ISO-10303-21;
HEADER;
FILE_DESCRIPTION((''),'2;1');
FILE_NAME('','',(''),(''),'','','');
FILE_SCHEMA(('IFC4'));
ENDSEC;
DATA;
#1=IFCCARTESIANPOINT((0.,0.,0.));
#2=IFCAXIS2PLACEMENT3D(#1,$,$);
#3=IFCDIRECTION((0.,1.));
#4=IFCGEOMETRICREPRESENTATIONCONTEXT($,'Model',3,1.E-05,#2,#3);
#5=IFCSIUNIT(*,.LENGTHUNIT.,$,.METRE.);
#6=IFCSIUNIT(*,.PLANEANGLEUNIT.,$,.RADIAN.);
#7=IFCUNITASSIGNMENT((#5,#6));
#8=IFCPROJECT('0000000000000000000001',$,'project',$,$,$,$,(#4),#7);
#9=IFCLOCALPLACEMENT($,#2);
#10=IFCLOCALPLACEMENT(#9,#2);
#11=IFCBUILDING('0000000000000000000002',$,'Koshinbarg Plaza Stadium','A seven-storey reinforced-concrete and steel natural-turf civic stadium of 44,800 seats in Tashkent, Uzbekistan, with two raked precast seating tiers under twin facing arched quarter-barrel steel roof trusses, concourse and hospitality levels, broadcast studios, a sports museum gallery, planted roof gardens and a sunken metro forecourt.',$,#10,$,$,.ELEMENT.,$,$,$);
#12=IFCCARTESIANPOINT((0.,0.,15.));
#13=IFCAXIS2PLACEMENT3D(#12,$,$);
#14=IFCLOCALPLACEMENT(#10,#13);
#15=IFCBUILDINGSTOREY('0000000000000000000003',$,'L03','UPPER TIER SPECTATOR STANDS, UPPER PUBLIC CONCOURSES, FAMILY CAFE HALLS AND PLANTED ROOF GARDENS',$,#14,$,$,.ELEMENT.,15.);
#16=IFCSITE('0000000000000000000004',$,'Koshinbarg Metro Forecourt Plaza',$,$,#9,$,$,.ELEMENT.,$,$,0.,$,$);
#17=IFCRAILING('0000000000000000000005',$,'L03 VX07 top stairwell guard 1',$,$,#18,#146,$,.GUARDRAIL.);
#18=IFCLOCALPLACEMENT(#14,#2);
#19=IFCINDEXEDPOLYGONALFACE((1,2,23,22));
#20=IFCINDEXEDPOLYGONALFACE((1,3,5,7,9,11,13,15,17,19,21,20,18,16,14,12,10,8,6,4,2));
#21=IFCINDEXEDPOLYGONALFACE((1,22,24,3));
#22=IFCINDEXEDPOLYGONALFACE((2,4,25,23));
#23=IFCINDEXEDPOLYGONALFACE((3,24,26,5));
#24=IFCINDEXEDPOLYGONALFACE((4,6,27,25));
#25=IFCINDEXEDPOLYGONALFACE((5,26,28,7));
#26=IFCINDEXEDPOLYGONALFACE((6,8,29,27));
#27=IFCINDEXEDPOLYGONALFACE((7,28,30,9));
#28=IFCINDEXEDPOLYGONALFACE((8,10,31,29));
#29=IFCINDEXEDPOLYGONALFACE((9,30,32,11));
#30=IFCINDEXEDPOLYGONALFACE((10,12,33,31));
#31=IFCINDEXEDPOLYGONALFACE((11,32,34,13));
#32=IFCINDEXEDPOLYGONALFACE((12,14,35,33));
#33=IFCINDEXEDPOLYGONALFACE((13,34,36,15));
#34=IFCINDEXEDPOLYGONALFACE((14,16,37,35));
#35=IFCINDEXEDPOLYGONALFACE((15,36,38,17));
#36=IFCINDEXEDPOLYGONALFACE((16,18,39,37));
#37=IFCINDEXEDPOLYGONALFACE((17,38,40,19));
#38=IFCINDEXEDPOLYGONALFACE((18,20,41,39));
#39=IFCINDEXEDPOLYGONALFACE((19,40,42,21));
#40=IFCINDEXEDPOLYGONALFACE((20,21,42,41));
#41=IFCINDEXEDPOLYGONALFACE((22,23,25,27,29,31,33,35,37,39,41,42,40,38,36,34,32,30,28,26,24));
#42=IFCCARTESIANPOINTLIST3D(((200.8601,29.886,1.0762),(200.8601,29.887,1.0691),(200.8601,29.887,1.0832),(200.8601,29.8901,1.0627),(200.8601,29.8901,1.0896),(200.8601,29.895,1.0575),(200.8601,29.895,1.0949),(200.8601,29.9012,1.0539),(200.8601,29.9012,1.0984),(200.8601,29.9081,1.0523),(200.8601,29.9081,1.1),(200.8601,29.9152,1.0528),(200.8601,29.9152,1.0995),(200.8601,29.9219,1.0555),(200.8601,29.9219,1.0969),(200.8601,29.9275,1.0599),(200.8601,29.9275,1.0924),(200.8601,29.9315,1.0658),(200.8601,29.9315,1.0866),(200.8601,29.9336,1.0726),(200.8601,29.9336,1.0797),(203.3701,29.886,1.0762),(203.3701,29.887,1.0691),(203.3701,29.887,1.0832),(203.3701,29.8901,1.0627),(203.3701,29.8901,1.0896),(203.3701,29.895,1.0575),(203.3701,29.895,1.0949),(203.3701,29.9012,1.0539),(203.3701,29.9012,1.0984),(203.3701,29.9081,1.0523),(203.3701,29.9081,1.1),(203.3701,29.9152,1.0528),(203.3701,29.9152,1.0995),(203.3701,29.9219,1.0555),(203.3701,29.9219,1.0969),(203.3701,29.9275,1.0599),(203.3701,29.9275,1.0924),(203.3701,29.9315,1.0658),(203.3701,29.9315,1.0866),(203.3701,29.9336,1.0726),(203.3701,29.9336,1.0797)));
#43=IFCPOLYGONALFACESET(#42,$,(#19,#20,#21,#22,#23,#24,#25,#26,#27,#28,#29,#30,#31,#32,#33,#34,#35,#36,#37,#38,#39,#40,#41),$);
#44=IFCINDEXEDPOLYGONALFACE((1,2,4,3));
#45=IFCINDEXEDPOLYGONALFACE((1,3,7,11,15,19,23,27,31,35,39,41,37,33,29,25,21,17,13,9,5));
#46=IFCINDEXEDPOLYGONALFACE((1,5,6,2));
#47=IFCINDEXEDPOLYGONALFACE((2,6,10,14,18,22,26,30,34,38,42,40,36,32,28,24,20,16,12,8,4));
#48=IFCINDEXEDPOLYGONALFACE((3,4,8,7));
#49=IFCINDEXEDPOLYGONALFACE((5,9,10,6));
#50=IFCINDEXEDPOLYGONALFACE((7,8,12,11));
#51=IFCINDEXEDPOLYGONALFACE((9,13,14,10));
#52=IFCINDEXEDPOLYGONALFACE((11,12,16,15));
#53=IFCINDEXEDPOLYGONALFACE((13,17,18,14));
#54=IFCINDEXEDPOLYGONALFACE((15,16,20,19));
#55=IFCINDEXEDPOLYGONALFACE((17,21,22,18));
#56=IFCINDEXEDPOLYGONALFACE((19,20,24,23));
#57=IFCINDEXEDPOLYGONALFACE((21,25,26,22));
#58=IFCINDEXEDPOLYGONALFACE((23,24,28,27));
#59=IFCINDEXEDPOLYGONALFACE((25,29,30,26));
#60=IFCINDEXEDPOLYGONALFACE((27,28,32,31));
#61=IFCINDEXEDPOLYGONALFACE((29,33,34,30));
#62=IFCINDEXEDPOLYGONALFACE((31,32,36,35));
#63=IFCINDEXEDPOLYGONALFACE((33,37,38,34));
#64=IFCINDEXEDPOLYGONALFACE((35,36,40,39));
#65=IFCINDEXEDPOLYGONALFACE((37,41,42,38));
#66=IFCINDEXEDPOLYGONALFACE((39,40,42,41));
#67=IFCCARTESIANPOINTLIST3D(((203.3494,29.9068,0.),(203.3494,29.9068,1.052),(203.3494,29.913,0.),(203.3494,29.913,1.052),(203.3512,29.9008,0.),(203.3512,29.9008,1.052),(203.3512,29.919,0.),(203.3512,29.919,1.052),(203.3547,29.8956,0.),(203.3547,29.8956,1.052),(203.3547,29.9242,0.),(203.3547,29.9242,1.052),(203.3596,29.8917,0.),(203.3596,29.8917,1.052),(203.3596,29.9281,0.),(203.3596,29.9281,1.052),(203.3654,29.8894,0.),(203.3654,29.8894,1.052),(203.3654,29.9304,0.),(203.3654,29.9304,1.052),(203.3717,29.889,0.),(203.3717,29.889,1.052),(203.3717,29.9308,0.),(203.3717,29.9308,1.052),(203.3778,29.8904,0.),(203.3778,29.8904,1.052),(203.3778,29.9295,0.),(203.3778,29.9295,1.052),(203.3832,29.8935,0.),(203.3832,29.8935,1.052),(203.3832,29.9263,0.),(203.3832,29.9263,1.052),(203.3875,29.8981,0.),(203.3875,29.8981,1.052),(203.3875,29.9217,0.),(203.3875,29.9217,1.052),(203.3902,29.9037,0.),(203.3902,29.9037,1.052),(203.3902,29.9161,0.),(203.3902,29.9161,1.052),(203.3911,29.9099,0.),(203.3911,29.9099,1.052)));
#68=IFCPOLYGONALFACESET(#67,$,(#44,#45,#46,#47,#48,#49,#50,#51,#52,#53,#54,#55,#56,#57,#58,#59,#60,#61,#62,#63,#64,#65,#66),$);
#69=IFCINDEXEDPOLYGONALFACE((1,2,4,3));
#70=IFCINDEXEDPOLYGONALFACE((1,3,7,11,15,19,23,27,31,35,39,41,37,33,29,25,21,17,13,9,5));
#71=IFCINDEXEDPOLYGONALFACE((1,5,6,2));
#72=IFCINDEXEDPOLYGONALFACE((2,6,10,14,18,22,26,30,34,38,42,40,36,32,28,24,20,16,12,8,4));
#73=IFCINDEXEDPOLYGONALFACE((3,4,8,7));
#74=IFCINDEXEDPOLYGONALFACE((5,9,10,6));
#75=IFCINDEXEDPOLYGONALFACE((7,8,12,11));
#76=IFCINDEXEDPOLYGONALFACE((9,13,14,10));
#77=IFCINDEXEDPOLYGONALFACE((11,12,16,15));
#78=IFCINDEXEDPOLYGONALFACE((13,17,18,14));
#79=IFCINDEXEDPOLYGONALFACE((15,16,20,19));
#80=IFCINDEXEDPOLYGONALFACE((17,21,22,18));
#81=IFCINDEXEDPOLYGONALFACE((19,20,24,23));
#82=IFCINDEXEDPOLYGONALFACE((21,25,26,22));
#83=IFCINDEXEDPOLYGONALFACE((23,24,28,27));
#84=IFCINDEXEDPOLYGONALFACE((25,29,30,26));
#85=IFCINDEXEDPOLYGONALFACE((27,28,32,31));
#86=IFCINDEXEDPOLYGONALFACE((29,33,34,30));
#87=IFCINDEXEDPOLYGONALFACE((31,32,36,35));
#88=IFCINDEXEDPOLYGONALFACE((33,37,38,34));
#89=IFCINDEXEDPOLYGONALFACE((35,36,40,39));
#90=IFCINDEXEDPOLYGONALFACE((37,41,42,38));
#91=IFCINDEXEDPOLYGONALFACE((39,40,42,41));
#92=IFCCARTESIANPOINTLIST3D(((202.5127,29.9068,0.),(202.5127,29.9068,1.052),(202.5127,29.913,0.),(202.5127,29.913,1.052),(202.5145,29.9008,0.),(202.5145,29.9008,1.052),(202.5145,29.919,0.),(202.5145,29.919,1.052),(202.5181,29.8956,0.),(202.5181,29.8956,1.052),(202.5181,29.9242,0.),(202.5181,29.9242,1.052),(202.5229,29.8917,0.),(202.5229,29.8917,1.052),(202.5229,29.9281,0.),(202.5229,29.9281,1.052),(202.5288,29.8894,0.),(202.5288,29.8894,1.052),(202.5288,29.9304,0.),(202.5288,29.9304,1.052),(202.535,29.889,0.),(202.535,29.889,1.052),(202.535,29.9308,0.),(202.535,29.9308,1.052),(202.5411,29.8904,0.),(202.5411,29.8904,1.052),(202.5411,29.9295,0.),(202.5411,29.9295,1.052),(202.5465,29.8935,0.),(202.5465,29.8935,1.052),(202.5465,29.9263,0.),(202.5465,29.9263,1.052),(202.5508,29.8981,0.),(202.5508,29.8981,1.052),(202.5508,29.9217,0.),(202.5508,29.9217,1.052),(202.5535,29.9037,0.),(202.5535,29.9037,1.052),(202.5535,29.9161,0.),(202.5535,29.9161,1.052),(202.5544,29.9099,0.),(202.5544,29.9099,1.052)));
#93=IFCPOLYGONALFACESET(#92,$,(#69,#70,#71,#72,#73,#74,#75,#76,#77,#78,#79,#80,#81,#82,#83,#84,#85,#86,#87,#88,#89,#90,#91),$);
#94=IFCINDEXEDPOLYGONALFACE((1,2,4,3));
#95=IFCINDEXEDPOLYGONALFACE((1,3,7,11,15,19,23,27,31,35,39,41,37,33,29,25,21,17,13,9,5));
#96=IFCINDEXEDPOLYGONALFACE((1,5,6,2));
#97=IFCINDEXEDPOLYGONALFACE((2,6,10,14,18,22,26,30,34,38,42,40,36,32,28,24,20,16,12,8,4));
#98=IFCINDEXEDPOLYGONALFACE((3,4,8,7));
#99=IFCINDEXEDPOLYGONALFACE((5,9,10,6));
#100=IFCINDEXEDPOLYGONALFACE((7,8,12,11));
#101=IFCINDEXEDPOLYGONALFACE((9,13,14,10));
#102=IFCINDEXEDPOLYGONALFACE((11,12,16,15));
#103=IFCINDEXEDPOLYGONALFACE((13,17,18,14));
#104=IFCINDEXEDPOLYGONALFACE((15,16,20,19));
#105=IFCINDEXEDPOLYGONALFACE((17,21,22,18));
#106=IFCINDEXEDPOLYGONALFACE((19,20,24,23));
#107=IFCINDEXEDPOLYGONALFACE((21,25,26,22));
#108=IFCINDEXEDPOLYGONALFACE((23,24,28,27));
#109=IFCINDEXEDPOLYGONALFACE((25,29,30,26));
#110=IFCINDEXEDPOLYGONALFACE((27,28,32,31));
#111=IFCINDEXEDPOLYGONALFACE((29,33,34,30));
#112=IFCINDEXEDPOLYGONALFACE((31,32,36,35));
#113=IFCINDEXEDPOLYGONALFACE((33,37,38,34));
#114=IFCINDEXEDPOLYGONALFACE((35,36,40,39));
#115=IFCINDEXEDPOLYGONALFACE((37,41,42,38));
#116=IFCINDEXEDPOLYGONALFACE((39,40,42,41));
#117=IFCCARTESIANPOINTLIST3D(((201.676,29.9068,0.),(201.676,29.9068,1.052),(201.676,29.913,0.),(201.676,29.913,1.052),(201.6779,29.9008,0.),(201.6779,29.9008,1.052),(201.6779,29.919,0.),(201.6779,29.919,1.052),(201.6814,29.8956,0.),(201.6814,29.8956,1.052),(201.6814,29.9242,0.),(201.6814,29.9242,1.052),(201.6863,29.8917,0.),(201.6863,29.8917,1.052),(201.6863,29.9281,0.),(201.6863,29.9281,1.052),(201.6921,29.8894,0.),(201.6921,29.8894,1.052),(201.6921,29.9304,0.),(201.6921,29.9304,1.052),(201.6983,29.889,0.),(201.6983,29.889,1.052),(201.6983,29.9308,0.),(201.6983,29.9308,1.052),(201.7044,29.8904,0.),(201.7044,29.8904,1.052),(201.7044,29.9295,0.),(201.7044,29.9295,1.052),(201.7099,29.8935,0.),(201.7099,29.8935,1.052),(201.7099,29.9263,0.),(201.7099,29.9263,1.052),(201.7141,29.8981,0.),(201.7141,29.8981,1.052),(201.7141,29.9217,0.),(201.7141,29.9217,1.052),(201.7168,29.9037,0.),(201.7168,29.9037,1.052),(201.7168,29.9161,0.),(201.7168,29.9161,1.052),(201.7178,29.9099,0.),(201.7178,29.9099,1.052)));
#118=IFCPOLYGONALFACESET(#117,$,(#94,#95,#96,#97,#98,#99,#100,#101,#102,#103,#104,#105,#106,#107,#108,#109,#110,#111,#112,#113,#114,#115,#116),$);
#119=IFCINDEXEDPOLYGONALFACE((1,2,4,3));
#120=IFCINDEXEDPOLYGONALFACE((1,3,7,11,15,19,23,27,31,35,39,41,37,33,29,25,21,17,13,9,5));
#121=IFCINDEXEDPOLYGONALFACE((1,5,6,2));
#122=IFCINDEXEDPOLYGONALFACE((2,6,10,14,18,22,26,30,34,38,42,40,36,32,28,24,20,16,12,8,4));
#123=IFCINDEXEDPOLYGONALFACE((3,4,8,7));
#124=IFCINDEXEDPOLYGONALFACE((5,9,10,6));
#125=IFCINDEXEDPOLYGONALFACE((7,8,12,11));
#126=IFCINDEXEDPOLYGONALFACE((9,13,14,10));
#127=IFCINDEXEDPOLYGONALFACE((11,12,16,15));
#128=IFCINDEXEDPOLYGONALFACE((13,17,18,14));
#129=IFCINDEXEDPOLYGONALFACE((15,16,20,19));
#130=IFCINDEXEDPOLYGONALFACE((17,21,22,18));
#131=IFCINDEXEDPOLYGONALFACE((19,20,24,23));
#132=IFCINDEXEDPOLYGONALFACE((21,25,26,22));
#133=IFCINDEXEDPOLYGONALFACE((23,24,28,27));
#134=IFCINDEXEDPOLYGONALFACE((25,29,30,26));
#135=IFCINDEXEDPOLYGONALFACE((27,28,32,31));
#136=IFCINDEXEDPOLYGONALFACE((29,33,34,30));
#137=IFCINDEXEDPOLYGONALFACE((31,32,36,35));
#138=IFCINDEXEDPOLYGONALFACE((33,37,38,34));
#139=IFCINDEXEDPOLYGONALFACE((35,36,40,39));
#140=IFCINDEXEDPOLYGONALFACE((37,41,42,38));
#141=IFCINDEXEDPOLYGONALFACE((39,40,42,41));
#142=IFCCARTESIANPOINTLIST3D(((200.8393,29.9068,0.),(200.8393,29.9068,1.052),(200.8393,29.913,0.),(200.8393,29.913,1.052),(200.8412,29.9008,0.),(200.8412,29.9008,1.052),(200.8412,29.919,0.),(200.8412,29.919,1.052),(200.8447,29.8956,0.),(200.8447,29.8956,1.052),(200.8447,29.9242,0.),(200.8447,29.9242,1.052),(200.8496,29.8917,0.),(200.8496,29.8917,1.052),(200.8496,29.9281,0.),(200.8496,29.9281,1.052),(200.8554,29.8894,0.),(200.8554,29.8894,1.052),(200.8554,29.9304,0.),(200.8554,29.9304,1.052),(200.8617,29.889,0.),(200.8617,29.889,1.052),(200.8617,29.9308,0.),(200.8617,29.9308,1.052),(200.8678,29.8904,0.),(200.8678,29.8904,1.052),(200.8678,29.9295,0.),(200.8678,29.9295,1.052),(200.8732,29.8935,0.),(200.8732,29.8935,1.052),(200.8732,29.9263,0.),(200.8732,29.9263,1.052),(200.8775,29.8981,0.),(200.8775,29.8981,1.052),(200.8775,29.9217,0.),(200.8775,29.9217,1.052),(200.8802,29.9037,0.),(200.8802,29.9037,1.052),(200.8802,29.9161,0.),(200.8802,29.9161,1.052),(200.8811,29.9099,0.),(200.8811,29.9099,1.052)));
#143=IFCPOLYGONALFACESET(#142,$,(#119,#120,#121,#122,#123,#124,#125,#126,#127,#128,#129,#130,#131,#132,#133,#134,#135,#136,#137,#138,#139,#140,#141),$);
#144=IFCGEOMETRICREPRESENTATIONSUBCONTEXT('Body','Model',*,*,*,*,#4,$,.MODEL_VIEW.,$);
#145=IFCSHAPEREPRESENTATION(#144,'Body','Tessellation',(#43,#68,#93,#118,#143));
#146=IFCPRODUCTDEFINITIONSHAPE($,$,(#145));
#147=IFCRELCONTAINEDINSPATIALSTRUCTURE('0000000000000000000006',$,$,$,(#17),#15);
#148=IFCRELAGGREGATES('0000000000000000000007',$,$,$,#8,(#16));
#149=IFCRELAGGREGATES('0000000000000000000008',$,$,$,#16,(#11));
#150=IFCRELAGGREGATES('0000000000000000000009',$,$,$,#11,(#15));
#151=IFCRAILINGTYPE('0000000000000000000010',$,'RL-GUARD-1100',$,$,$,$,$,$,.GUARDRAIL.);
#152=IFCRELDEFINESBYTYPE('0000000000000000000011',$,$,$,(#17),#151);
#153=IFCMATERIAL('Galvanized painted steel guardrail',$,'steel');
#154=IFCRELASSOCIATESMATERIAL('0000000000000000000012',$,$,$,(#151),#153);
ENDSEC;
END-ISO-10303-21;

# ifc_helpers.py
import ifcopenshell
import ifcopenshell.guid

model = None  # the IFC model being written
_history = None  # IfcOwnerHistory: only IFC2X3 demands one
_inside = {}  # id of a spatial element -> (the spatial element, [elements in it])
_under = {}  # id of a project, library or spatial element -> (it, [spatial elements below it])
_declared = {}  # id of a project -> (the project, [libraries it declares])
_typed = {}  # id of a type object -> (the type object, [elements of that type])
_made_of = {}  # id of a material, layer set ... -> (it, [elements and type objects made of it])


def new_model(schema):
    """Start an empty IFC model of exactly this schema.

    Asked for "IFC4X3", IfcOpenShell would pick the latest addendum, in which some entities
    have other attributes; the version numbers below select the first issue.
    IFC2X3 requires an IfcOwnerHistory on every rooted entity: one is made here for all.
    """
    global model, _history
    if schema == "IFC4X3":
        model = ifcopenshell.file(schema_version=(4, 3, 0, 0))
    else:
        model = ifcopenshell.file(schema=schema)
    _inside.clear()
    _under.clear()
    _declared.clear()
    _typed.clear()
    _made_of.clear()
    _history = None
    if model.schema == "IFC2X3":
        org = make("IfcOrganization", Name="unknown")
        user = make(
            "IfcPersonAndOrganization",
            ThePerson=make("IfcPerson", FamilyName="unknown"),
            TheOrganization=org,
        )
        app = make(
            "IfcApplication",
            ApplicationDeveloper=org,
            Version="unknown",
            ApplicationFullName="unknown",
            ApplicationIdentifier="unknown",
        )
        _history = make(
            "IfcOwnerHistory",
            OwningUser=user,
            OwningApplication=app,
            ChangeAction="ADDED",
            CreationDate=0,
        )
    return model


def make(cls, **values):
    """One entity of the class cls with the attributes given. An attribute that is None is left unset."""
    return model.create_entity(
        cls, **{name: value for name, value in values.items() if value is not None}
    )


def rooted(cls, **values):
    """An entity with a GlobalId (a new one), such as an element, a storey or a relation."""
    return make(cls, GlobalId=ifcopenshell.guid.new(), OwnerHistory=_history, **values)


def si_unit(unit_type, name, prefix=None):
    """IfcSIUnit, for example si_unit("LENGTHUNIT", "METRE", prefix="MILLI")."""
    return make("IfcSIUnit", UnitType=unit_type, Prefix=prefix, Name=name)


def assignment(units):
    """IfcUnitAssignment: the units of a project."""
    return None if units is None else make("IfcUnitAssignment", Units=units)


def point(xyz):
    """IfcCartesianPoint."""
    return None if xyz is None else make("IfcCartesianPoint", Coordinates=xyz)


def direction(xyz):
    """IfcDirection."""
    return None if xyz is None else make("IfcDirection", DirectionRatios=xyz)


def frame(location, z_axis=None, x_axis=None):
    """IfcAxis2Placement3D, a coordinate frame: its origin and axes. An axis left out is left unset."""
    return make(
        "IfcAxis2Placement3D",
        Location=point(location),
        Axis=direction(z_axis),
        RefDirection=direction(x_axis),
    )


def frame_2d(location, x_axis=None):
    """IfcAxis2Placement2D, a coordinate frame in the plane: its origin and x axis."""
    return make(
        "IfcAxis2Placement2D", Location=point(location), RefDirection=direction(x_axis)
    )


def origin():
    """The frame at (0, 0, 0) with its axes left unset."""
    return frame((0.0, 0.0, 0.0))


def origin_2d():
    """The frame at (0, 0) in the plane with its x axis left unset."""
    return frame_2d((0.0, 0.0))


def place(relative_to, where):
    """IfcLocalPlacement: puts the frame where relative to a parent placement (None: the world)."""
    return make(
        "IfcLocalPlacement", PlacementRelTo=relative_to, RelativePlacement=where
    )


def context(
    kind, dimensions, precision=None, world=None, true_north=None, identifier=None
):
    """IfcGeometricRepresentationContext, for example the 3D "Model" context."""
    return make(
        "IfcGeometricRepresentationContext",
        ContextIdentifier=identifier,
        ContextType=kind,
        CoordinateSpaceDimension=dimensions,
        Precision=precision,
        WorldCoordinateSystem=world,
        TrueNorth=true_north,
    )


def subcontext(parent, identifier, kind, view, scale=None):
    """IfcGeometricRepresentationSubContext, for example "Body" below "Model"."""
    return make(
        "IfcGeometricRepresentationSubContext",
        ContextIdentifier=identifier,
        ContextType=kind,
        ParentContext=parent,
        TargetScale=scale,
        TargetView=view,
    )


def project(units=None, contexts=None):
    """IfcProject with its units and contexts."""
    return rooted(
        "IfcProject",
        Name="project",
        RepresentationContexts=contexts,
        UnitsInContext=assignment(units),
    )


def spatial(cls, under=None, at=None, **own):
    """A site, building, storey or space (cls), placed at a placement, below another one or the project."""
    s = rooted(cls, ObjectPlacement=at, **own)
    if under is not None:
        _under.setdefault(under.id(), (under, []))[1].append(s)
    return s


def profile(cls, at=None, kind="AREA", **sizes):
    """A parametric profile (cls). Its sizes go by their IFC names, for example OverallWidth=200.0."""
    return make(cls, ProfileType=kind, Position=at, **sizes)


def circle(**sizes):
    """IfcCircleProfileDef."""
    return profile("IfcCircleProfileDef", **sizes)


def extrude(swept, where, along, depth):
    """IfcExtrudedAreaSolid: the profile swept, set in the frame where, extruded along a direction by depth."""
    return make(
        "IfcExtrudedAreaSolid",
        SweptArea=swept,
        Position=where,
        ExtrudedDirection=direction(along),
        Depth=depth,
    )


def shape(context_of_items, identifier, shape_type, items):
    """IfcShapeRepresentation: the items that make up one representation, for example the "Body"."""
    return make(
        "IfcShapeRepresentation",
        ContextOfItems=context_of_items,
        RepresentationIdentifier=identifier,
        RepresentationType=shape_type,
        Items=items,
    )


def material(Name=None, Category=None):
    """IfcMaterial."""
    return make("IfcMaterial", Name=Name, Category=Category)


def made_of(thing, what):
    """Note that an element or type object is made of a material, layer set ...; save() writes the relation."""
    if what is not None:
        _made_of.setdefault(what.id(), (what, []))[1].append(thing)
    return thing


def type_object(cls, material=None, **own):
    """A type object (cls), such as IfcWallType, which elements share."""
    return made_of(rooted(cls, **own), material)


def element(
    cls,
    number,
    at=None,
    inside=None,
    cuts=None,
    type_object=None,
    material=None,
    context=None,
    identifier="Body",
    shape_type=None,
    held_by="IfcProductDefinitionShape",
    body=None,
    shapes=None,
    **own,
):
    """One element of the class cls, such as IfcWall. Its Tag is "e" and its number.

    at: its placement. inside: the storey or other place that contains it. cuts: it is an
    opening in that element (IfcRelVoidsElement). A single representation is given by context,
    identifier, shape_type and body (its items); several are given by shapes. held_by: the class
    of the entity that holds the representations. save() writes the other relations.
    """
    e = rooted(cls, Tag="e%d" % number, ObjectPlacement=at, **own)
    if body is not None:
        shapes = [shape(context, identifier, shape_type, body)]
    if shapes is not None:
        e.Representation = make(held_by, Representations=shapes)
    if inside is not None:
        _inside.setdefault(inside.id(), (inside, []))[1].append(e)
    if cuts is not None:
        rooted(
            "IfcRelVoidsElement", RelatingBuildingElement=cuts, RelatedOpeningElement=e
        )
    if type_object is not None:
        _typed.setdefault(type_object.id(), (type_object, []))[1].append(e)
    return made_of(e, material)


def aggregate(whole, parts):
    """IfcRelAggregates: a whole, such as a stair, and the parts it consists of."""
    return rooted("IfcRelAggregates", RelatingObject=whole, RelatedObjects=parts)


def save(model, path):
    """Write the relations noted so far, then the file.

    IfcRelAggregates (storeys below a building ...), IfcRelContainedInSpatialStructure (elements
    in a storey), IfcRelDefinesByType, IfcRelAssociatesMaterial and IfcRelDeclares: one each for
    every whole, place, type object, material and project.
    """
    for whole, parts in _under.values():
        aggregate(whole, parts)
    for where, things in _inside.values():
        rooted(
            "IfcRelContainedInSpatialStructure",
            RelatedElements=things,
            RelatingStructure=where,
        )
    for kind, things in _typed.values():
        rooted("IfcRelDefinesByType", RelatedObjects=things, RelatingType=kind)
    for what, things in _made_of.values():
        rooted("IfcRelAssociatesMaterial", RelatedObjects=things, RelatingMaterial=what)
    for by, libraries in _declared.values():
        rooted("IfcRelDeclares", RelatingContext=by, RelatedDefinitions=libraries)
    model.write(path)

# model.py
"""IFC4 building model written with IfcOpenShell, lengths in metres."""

from ifc_helpers import new_model, si_unit, direction, frame, origin, origin_2d, place, context, subcontext, project, spatial, circle, extrude, material, type_object, element, save


model = new_model("IFC4")

# Units and contexts
model_context = context("Model", 3, precision=1e-05, world=origin(), true_north=direction((0.0, 1.0)))
body_context = subcontext(model_context, "Body", "Model", "MODEL_VIEW")
ifc_project = project(units=[si_unit("LENGTHUNIT", "METRE"), si_unit("PLANEANGLEUNIT", "RADIAN")], contexts=[model_context])

# Site, building, storey
site_placement = place(None, origin())
site = spatial("IfcSite", under=ifc_project, at=site_placement, Name="Koshinbarg Metro Forecourt Plaza", CompositionType="ELEMENT", RefElevation=0.0)
building_placement = place(site_placement, origin())
building = spatial("IfcBuilding", under=site, at=building_placement, Name="Koshinbarg Plaza Stadium", Description="A seven-storey reinforced-concrete and steel natural-turf civic stadium of 44,800 seats in Tashkent, Uzbekistan, with two raked precast seating tiers under twin facing arched quarter-barrel steel roof trusses, concourse and hospitality levels, broadcast studios, a sports museum gallery, planted roof gardens and a sunken metro forecourt.", CompositionType="ELEMENT")
storey_placement = place(building_placement, frame((0.0, 0.0, 15.0)))
storey = spatial("IfcBuildingStorey", under=building, at=storey_placement, Name="L03", Description="UPPER TIER SPECTATOR STANDS, UPPER PUBLIC CONCOURSES, FAMILY CAFE HALLS AND PLANTED ROOF GARDENS", CompositionType="ELEMENT", Elevation=15.0)

# Railing
ifc_material_1 = material(Name="Galvanized painted steel guardrail", Category="steel")
railing_type_1 = type_object("IfcRailingType", Name="RL-GUARD-1100", PredefinedType="GUARDRAIL", material=ifc_material_1)
railing_1_placement = place(storey_placement, frame((203.3701, 29.9099, 0.0)))
element("IfcRailing", 1, at=railing_1_placement, inside=storey, type_object=railing_type_1, Name="L03 VX07 top stairwell guard 1", PredefinedType="GUARDRAIL", context=body_context, shape_type="SweptSolid", body=[
    extrude(circle(Radius=0.0239, at=origin_2d()), frame((0.0, 0.0, 1.0762), z_axis=(-1.0, 0.0, 0.0), x_axis=(0.0, -1.0, 0.0)), (0.0, 0.0, 1.0), 2.51),
    extrude(circle(Radius=0.021, at=origin_2d()), origin(), (0.0, 0.0, 1.0), 1.052),
    extrude(circle(Radius=0.021, at=origin_2d()), frame((-0.8367, 0.0, 0.0)), (0.0, 0.0, 1.0), 1.052),
    extrude(circle(Radius=0.021, at=origin_2d()), frame((-1.6733, 0.0, 0.0)), (0.0, 0.0, 1.0), 1.052),
    extrude(circle(Radius=0.021, at=origin_2d()), frame((-2.51, 0.0, 0.0)), (0.0, 0.0, 1.0), 1.052),
])

save(model, "model.ifc")
